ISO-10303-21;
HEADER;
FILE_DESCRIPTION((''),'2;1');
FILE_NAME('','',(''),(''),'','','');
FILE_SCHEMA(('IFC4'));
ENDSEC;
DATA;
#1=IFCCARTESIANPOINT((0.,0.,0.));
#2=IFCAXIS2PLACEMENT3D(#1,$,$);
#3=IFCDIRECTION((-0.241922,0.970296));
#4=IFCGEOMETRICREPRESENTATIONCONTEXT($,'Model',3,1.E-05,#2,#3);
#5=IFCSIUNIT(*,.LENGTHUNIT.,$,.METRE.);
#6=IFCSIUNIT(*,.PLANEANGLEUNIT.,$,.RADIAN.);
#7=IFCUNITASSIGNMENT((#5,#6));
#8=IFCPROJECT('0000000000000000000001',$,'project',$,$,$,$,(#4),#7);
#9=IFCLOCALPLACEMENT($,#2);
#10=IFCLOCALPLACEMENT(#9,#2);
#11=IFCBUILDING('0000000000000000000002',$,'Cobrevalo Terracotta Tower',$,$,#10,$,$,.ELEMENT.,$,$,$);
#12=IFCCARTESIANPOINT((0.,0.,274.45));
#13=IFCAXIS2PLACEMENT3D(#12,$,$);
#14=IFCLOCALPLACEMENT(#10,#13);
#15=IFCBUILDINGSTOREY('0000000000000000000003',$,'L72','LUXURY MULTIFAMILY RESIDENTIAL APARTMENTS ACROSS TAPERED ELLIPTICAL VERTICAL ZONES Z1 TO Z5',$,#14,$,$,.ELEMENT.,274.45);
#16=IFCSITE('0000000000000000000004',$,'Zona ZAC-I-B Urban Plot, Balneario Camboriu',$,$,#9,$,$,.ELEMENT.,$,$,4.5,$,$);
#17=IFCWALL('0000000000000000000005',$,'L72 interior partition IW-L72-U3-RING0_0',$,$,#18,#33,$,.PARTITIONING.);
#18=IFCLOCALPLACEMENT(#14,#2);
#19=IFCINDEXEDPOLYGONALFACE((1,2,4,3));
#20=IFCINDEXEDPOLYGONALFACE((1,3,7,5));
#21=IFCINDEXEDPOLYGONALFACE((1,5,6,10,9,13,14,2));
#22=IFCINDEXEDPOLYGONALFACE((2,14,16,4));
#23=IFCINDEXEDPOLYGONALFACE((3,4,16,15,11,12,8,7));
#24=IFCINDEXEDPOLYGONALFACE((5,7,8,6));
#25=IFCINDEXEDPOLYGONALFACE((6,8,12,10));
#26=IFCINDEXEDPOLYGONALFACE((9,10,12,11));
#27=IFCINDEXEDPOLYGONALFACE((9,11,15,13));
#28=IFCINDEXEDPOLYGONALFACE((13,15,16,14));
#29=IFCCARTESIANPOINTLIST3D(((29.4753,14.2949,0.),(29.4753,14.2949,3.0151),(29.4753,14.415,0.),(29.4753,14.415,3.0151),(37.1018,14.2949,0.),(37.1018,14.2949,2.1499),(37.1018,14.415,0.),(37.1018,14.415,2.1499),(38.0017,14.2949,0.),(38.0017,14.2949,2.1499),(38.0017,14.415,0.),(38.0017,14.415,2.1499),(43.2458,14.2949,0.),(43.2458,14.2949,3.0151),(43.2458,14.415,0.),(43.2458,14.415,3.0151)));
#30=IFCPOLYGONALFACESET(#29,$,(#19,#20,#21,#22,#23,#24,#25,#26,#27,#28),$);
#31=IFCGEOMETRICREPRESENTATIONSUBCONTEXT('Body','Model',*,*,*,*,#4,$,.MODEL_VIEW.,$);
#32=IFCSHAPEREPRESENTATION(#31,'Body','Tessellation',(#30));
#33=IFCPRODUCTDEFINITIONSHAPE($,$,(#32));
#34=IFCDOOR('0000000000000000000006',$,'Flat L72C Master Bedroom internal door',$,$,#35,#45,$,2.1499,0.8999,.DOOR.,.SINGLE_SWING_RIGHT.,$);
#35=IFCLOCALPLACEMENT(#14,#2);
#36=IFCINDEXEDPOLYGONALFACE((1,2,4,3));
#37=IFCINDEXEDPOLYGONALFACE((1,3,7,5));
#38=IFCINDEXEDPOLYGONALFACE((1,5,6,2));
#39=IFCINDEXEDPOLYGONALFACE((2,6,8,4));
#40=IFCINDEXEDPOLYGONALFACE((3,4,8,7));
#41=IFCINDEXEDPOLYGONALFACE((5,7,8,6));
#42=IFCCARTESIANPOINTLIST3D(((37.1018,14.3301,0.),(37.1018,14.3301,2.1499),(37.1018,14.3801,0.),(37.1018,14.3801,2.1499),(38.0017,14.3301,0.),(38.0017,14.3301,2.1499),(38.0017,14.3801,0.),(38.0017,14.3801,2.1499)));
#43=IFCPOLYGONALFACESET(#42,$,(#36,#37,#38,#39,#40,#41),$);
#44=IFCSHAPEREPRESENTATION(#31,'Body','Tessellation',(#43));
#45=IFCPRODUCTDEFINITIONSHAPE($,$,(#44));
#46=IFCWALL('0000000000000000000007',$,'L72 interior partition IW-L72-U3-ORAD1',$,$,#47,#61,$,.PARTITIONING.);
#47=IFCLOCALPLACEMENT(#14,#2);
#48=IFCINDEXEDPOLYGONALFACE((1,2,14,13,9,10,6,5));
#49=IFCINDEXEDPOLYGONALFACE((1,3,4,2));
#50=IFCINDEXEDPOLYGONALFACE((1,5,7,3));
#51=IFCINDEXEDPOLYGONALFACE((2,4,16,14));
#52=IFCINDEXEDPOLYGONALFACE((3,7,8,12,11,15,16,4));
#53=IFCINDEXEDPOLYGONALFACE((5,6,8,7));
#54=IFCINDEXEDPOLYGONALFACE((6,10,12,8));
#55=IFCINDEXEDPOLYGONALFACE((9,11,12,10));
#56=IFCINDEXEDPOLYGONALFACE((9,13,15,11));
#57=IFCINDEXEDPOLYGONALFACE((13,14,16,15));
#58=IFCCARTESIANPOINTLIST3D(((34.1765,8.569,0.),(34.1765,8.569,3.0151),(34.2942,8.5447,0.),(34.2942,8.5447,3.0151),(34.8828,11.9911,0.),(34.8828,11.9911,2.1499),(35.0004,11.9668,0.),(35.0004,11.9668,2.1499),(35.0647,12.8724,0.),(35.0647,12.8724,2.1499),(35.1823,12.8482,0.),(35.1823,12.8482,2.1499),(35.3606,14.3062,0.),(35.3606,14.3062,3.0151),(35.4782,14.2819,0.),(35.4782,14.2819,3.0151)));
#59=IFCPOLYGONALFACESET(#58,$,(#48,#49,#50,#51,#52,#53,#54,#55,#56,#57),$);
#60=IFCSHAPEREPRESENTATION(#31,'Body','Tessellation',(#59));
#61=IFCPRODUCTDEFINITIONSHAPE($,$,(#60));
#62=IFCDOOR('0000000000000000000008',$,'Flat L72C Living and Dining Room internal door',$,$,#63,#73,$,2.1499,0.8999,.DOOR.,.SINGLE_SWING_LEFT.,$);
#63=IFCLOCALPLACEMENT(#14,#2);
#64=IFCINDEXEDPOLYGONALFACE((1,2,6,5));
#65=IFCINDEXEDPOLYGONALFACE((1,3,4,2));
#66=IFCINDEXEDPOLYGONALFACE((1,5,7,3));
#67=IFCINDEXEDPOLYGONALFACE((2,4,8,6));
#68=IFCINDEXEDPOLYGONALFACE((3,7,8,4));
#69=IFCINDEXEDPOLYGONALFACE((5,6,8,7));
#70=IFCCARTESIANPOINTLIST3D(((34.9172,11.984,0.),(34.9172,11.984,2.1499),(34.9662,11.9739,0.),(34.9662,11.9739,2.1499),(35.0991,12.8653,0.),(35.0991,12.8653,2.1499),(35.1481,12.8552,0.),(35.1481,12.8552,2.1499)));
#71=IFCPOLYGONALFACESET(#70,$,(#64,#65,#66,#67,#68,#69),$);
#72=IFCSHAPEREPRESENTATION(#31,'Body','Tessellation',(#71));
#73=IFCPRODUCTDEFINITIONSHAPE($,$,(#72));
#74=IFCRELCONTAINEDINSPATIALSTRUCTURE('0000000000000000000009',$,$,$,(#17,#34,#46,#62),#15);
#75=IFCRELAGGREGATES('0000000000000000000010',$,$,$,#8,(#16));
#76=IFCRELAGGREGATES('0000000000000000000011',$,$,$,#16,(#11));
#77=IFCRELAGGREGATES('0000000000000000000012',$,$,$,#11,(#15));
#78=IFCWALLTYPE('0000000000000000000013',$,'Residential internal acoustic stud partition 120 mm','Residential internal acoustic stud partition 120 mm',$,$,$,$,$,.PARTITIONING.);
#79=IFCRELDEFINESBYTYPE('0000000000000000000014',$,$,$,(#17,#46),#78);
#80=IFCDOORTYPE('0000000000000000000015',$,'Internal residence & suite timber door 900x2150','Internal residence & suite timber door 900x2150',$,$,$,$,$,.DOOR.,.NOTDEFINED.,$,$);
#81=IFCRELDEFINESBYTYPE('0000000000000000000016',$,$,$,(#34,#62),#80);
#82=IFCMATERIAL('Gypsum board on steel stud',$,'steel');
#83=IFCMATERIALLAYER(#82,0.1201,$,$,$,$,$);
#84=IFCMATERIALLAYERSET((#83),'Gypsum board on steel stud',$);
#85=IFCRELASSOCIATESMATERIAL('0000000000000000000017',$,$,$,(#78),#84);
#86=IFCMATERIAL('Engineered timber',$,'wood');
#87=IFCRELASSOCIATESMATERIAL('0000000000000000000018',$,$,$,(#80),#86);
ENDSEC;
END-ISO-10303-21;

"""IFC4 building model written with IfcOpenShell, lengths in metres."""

from ifc_helpers import new_model, si_unit, direction, frame, frame_2d, origin, place, context, subcontext, project, spatial, rectangle, extrude, source, transform, mapped, material, layer, layer_set, type_object, element, fill, save


model = new_model("IFC4")

# Units and contexts
model_context = context("Model", 3, precision=1e-05, world=origin(), true_north=direction((-0.241922, 0.970296)))
body_context = subcontext(model_context, "Body", "Model", "MODEL_VIEW")
ifc_project = project(units=[si_unit("LENGTHUNIT", "METRE"), si_unit("PLANEANGLEUNIT", "RADIAN")], contexts=[model_context])

# Site, building, storey
site_placement = place(None, origin())
site = spatial("IfcSite", under=ifc_project, at=site_placement, Name="Zona ZAC-I-B Urban Plot, Balneario Camboriu", CompositionType="ELEMENT", RefElevation=4.5)
building_placement = place(site_placement, origin())
building = spatial("IfcBuilding", under=site, at=building_placement, Name="Cobrevalo Terracotta Tower", CompositionType="ELEMENT")
storey_placement = place(building_placement, frame((0.0, 0.0, 274.45)))
storey = spatial("IfcBuildingStorey", under=building, at=storey_placement, Name="L72", Description="LUXURY MULTIFAMILY RESIDENTIAL APARTMENTS ACROSS TAPERED ELLIPTICAL VERTICAL ZONES Z1 TO Z5", CompositionType="ELEMENT", Elevation=274.45)

# Walls, openings, doors
ifc_material_1 = material(Name="Gypsum board on steel stud", Category="steel")
ifc_layer_1 = layer(ifc_material_1, 0.1201)
ifc_layer_set_1 = layer_set([ifc_layer_1], Name="Gypsum board on steel stud")
wall_type_1 = type_object("IfcWallType", Name="Residential internal acoustic stud partition 120 mm", Description="Residential internal acoustic stud partition 120 mm", PredefinedType="PARTITIONING", material=ifc_layer_set_1)
wall_1_placement = place(storey_placement, frame((43.2458, 14.355, 0.0), z_axis=(0.0, 0.0, 1.0), x_axis=(-1.0, 0.0, 0.0)))
wall_1 = element("IfcWall", 1, at=wall_1_placement, inside=storey, type_object=wall_type_1, Name="L72 interior partition IW-L72-U3-RING0_0", PredefinedType="PARTITIONING", context=body_context, shape_type="SweptSolid", body=[
    extrude(rectangle(XDim=13.7705, YDim=0.1201, at=frame_2d((6.8853, 0.0))), origin(), (0.0, 0.0, 1.0), 3.0151),
])
opening_1_placement = place(wall_1_placement, frame((5.2441, 0.0, 0.0)))
opening_1 = element("IfcOpeningElement", 2, at=opening_1_placement, cuts=wall_1, PredefinedType="OPENING", context=body_context, shape_type="SweptSolid", body=[
    extrude(rectangle(XDim=0.8999, YDim=2.1499, at=frame_2d((0.45, 1.075))), frame((0.0, 0.0701, 0.0), z_axis=(0.0, -1.0, 0.0), x_axis=(1.0, 0.0, 0.0)), (0.0, 0.0, 1.0), 0.1401),
])
ifc_material_2 = material(Name="Engineered timber", Category="wood")
door_type_1 = type_object("IfcDoorType", Name="Internal residence & suite timber door 900x2150", Description="Internal residence & suite timber door 900x2150", OperationType="NOTDEFINED", PredefinedType="DOOR", material=ifc_material_2)
shared_shape_1 = source(origin(), body_context, "Body", "SweptSolid", [
    extrude(rectangle(XDim=0.8999, YDim=2.1499, at=frame_2d((0.45, 1.075))), frame((0.0, 0.0249, 0.0), z_axis=(0.0, -1.0, 0.0), x_axis=(1.0, 0.0, 0.0)), (0.0, 0.0, 1.0), 0.05),
])
door_1_placement = place(opening_1_placement, origin())
door_1 = element("IfcDoor", 3, at=door_1_placement, inside=storey, type_object=door_type_1, Name="Flat L72C Master Bedroom internal door", OperationType="SINGLE_SWING_RIGHT", OverallHeight=2.1499, OverallWidth=0.8999, PredefinedType="DOOR", context=body_context, shape_type="MappedRepresentation", body=[
    mapped(shared_shape_1, transform((0.0, 0.0, 0.0), scale=1.0)),
])
fill(opening_1, door_1)
wall_2_placement = place(storey_placement, frame((35.4194, 14.2942, 0.0), z_axis=(0.0, 0.0, 1.0), x_axis=(-0.202123, -0.97936, 0.0)))
wall_2 = element("IfcWall", 4, at=wall_2_placement, inside=storey, type_object=wall_type_1, Name="L72 interior partition IW-L72-U3-ORAD1", PredefinedType="PARTITIONING", context=body_context, shape_type="SweptSolid", body=[
    extrude(rectangle(XDim=5.8582, YDim=0.1201, at=frame_2d((2.9292, 0.0))), origin(), (0.0, 0.0, 1.0), 3.0151),
])
opening_2_placement = place(wall_2_placement, frame((1.4641, 0.0, 0.0)))
opening_2 = element("IfcOpeningElement", 5, at=opening_2_placement, cuts=wall_2, PredefinedType="OPENING", context=body_context, shape_type="SweptSolid", body=[
    extrude(rectangle(XDim=0.8999, YDim=2.1499, at=frame_2d((0.45, 1.075))), frame((0.0, 0.0701, 0.0), z_axis=(0.0, -1.0, 0.0), x_axis=(1.0, 0.0, 0.0)), (0.0, 0.0, 1.0), 0.1401),
])
door_2_placement = place(opening_2_placement, frame((0.8999, 0.0, 0.0), z_axis=(0.0, 0.0, 1.0), x_axis=(-1.0, 0.0, 0.0)))
door_2 = element("IfcDoor", 6, at=door_2_placement, inside=storey, type_object=door_type_1, Name="Flat L72C Living and Dining Room internal door", OperationType="SINGLE_SWING_LEFT", OverallHeight=2.1499, OverallWidth=0.8999, PredefinedType="DOOR", context=body_context, shape_type="MappedRepresentation", body=[
    mapped(shared_shape_1, transform((0.0, 0.0, 0.0), scale=1.0)),
])
fill(opening_2, door_2)

save(model, "model.ifc")
